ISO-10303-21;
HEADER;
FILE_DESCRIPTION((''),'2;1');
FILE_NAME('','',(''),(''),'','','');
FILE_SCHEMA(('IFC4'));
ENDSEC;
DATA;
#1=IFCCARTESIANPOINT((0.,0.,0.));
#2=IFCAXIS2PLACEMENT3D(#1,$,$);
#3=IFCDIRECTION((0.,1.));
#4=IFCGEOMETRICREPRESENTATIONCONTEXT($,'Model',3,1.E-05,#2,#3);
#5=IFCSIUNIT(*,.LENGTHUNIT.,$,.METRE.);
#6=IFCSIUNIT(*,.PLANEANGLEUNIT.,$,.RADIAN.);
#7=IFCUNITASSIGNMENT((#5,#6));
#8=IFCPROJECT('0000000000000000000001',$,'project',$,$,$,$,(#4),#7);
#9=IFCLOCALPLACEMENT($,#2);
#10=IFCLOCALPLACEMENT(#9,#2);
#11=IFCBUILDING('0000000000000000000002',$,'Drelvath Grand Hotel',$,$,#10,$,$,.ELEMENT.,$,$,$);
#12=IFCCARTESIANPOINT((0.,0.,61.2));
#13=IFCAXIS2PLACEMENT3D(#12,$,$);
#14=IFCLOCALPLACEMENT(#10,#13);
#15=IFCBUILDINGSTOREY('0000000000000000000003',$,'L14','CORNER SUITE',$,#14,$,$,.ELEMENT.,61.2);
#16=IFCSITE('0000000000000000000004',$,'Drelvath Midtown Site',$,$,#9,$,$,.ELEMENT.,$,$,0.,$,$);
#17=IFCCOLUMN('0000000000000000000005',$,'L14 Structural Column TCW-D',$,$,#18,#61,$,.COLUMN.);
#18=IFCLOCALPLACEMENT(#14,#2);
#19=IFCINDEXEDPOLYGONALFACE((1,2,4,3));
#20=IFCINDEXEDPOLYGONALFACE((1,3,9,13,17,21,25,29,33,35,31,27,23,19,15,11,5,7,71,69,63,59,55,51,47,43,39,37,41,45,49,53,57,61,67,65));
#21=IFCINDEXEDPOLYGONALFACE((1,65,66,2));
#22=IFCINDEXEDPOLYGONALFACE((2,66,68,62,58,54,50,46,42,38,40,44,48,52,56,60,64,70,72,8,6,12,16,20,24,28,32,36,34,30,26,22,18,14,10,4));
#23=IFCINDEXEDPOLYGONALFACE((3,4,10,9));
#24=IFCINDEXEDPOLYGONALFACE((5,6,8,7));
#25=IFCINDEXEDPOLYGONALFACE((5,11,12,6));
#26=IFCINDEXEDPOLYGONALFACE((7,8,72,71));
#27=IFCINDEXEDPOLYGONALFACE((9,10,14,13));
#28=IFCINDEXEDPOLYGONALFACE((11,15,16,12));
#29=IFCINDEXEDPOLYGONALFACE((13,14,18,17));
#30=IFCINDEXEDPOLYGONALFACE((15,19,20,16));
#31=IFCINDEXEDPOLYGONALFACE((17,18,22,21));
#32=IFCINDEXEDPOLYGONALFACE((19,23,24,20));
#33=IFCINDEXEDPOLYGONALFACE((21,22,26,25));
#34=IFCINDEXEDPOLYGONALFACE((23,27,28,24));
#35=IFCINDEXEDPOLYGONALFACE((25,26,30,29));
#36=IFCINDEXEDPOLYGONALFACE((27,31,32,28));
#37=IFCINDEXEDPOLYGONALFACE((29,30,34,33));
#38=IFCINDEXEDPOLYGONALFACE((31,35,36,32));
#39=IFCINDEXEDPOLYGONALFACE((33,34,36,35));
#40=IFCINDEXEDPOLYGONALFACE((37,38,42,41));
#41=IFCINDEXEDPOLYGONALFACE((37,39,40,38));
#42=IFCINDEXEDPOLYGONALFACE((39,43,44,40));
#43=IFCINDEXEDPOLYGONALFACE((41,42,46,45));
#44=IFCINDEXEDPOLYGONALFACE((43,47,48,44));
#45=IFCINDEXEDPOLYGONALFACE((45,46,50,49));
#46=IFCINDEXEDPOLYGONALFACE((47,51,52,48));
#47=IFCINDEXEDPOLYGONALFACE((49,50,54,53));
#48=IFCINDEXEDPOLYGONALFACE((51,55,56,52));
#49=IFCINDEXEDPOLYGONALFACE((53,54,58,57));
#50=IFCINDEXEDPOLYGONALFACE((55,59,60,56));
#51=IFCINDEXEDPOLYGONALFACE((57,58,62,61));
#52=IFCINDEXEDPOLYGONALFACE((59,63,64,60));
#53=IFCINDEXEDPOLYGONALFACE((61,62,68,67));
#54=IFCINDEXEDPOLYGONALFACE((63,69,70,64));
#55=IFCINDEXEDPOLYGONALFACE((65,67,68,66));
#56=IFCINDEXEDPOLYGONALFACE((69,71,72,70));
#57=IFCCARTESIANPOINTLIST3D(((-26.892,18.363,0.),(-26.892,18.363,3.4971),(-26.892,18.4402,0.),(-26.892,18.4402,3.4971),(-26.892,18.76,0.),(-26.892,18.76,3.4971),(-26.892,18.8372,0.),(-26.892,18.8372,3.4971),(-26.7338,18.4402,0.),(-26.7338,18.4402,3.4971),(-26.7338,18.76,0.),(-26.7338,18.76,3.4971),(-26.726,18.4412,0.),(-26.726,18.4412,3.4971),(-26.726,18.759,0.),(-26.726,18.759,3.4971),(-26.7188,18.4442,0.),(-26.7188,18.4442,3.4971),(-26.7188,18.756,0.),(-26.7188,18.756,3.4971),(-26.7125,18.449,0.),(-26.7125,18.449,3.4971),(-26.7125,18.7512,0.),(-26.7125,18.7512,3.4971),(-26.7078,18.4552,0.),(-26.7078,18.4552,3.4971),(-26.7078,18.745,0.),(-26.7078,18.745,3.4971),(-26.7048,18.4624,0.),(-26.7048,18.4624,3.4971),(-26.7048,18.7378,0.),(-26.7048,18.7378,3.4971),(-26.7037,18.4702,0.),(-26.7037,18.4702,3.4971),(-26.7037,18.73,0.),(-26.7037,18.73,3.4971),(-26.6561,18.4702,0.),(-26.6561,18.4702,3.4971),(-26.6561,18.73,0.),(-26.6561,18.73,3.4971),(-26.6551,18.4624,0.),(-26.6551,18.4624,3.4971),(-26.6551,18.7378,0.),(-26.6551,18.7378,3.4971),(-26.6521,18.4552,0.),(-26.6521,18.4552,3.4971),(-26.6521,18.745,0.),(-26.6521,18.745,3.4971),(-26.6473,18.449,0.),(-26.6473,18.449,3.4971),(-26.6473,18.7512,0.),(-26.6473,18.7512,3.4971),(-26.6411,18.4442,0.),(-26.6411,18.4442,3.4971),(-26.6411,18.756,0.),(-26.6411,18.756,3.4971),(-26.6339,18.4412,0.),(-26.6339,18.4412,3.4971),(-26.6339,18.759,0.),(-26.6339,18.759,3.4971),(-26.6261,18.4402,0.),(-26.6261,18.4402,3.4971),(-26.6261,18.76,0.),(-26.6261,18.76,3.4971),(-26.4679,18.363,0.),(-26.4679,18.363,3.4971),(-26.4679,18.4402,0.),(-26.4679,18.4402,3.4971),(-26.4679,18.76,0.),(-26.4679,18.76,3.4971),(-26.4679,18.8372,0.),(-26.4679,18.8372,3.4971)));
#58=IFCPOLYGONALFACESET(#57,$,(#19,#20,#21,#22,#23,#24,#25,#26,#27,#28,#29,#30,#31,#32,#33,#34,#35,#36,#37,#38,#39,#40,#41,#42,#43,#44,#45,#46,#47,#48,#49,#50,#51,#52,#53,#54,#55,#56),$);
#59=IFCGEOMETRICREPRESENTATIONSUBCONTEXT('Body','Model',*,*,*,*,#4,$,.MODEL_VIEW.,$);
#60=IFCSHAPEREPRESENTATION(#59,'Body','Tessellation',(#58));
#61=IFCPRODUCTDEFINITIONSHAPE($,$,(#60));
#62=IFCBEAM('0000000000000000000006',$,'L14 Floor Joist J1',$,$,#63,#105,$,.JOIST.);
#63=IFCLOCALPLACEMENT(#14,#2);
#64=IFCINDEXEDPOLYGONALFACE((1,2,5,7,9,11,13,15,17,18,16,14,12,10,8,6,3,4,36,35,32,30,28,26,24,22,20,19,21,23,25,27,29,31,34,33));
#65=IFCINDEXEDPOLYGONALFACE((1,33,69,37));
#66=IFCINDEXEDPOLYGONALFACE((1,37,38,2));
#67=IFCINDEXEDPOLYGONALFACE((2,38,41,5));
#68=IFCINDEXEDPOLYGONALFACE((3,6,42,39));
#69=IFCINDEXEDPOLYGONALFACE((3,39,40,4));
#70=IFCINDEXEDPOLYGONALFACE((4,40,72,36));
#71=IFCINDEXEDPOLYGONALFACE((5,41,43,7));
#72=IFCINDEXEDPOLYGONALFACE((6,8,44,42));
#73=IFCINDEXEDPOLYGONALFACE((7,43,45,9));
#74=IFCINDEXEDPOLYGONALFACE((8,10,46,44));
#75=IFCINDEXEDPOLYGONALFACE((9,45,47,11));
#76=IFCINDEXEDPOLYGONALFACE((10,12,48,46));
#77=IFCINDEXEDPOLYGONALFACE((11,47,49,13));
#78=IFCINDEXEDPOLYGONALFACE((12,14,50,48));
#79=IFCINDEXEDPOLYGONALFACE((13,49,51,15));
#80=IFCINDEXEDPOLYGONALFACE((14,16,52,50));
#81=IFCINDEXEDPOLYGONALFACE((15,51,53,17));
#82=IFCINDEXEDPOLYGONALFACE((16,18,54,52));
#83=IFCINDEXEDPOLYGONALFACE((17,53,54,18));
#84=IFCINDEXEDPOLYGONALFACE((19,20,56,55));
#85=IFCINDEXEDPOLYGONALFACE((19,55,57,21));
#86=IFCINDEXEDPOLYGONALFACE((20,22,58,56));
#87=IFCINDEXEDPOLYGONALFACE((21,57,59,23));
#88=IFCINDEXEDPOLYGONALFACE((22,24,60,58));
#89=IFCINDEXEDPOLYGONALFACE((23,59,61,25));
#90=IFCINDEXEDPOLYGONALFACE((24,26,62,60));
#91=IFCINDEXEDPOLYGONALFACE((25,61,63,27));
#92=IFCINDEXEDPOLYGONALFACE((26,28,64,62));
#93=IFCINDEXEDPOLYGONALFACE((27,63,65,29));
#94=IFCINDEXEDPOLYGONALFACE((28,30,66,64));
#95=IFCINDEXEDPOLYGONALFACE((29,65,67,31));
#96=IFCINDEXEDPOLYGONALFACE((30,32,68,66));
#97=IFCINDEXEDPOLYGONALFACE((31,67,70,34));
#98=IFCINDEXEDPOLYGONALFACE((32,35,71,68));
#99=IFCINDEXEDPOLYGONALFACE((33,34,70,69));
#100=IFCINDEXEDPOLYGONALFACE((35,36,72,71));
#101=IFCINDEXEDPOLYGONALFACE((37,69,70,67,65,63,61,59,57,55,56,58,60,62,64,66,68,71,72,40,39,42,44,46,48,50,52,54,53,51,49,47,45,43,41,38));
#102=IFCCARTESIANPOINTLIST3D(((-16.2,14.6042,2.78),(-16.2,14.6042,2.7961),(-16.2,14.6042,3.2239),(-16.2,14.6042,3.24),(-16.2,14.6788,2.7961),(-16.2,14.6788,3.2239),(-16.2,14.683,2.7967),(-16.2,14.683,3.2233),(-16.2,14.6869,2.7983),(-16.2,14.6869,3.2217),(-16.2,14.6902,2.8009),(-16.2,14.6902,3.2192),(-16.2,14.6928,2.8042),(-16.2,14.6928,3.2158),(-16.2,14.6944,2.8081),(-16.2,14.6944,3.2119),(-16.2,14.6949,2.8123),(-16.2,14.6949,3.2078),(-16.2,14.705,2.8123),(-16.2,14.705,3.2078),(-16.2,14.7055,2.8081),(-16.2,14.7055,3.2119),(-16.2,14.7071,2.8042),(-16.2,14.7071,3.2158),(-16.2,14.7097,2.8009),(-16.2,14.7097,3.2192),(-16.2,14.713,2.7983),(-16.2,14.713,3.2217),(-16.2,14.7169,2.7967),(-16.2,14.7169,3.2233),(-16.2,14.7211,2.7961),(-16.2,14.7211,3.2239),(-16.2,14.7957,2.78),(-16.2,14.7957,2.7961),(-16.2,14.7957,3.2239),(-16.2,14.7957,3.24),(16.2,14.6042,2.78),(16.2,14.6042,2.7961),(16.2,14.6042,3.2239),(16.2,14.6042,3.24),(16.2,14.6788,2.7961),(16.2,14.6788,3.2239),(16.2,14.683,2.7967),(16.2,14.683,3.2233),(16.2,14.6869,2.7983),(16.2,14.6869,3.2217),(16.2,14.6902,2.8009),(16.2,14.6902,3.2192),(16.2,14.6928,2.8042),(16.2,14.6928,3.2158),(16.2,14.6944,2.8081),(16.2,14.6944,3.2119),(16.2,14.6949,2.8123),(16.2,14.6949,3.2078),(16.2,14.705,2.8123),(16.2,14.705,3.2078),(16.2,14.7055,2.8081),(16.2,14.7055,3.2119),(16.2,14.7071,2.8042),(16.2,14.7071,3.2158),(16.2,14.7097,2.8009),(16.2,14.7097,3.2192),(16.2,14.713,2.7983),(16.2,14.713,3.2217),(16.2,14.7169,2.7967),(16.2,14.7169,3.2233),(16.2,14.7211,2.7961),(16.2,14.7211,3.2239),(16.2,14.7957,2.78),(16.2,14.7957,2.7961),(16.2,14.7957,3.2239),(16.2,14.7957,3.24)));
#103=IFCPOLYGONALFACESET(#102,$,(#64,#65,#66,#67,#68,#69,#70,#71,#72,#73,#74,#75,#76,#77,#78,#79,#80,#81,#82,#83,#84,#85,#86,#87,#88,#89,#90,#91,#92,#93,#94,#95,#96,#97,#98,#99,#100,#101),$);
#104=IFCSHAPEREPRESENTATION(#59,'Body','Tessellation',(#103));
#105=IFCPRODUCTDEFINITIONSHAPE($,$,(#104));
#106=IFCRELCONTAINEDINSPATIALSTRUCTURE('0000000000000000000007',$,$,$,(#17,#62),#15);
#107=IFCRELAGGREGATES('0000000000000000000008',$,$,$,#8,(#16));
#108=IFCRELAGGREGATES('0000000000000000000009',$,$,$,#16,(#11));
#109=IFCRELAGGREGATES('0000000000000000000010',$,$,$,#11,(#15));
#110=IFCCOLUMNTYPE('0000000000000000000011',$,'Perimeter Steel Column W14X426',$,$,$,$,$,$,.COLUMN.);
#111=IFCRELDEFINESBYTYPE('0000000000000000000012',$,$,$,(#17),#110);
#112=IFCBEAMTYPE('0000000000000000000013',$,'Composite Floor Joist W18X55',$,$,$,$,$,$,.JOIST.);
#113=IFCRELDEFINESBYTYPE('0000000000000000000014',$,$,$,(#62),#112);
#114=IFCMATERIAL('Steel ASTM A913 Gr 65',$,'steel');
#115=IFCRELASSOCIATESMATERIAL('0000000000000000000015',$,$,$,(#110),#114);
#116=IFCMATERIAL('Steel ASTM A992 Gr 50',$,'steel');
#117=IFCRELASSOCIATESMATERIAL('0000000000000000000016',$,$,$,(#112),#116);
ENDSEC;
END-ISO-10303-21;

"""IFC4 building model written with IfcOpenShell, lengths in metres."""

from ifc_helpers import new_model, si_unit, direction, frame, origin, origin_2d, place, context, subcontext, project, spatial, i_section, extrude, material, material_profile, profile_set, type_object, element, save


model = new_model("IFC4")

# Units and contexts
model_context = context("Model", 3, precision=1e-05, world=origin(), true_north=direction((0.0, 1.0)))
body_context = subcontext(model_context, "Body", "Model", "MODEL_VIEW")
ifc_project = project(units=[si_unit("LENGTHUNIT", "METRE"), si_unit("PLANEANGLEUNIT", "RADIAN")], contexts=[model_context])

# Site, building, storey
site_placement = place(None, origin())
site = spatial("IfcSite", under=ifc_project, at=site_placement, Name="Drelvath Midtown Site", CompositionType="ELEMENT", RefElevation=0.0)
building_placement = place(site_placement, origin())
building = spatial("IfcBuilding", under=site, at=building_placement, Name="Drelvath Grand Hotel", CompositionType="ELEMENT")
storey_placement = place(building_placement, frame((0.0, 0.0, 61.2)))
storey = spatial("IfcBuildingStorey", under=building, at=storey_placement, Name="L14", Description="CORNER SUITE", CompositionType="ELEMENT", Elevation=61.2)

# Column
ifc_material_1 = material(Name="Steel ASTM A913 Gr 65", Category="steel")
ifc_material_profile_1 = material_profile(ifc_material_1, i_section(OverallWidth=0.4241, OverallDepth=0.4741, WebThickness=0.0476, FlangeThickness=0.0771, FilletRadius=0.03, at=origin_2d()), Name="W14X426")
ifc_profile_set_1 = profile_set([ifc_material_profile_1], Name="Steel ASTM A913 Gr 65")
column_type = type_object("IfcColumnType", Name="Perimeter Steel Column W14X426", PredefinedType="COLUMN", material=ifc_profile_set_1)
column_placement = place(storey_placement, frame((-26.6799, 18.6001, 0.0), z_axis=(0.0, 0.0, 1.0), x_axis=(1.0, 0.0, 0.0)))
element("IfcColumn", 1, at=column_placement, inside=storey, type_object=column_type, Name="L14 Structural Column TCW-D", PredefinedType="COLUMN", context=body_context, shape_type="SweptSolid", body=[
    extrude(i_section(OverallWidth=0.4241, OverallDepth=0.4741, WebThickness=0.0476, FlangeThickness=0.0771, FilletRadius=0.03, at=origin_2d()), origin(), (0.0, 0.0, 1.0), 3.4971),
])

# Beam
ifc_material_2 = material(Name="Steel ASTM A992 Gr 50", Category="steel")
ifc_material_profile_2 = material_profile(ifc_material_2, i_section(OverallWidth=0.1914, OverallDepth=0.46, WebThickness=0.01, FlangeThickness=0.0161, FilletRadius=0.0161, at=origin_2d()), Name="W18X55")
ifc_profile_set_2 = profile_set([ifc_material_profile_2], Name="Steel ASTM A992 Gr 50")
beam_type = type_object("IfcBeamType", Name="Composite Floor Joist W18X55", PredefinedType="JOIST", material=ifc_profile_set_2)
beam_placement = place(storey_placement, frame((-16.2, 14.7, 3.01), z_axis=(1.0, 0.0, 0.0), x_axis=(0.0, 1.0, 0.0)))
element("IfcBeam", 2, at=beam_placement, inside=storey, type_object=beam_type, Name="L14 Floor Joist J1", PredefinedType="JOIST", context=body_context, shape_type="SweptSolid", body=[
    extrude(i_section(OverallWidth=0.1914, OverallDepth=0.46, WebThickness=0.01, FlangeThickness=0.0161, FilletRadius=0.0161, at=origin_2d()), origin(), (0.0, 0.0, 1.0), 32.3999),
])

save(model, "model.ifc")
